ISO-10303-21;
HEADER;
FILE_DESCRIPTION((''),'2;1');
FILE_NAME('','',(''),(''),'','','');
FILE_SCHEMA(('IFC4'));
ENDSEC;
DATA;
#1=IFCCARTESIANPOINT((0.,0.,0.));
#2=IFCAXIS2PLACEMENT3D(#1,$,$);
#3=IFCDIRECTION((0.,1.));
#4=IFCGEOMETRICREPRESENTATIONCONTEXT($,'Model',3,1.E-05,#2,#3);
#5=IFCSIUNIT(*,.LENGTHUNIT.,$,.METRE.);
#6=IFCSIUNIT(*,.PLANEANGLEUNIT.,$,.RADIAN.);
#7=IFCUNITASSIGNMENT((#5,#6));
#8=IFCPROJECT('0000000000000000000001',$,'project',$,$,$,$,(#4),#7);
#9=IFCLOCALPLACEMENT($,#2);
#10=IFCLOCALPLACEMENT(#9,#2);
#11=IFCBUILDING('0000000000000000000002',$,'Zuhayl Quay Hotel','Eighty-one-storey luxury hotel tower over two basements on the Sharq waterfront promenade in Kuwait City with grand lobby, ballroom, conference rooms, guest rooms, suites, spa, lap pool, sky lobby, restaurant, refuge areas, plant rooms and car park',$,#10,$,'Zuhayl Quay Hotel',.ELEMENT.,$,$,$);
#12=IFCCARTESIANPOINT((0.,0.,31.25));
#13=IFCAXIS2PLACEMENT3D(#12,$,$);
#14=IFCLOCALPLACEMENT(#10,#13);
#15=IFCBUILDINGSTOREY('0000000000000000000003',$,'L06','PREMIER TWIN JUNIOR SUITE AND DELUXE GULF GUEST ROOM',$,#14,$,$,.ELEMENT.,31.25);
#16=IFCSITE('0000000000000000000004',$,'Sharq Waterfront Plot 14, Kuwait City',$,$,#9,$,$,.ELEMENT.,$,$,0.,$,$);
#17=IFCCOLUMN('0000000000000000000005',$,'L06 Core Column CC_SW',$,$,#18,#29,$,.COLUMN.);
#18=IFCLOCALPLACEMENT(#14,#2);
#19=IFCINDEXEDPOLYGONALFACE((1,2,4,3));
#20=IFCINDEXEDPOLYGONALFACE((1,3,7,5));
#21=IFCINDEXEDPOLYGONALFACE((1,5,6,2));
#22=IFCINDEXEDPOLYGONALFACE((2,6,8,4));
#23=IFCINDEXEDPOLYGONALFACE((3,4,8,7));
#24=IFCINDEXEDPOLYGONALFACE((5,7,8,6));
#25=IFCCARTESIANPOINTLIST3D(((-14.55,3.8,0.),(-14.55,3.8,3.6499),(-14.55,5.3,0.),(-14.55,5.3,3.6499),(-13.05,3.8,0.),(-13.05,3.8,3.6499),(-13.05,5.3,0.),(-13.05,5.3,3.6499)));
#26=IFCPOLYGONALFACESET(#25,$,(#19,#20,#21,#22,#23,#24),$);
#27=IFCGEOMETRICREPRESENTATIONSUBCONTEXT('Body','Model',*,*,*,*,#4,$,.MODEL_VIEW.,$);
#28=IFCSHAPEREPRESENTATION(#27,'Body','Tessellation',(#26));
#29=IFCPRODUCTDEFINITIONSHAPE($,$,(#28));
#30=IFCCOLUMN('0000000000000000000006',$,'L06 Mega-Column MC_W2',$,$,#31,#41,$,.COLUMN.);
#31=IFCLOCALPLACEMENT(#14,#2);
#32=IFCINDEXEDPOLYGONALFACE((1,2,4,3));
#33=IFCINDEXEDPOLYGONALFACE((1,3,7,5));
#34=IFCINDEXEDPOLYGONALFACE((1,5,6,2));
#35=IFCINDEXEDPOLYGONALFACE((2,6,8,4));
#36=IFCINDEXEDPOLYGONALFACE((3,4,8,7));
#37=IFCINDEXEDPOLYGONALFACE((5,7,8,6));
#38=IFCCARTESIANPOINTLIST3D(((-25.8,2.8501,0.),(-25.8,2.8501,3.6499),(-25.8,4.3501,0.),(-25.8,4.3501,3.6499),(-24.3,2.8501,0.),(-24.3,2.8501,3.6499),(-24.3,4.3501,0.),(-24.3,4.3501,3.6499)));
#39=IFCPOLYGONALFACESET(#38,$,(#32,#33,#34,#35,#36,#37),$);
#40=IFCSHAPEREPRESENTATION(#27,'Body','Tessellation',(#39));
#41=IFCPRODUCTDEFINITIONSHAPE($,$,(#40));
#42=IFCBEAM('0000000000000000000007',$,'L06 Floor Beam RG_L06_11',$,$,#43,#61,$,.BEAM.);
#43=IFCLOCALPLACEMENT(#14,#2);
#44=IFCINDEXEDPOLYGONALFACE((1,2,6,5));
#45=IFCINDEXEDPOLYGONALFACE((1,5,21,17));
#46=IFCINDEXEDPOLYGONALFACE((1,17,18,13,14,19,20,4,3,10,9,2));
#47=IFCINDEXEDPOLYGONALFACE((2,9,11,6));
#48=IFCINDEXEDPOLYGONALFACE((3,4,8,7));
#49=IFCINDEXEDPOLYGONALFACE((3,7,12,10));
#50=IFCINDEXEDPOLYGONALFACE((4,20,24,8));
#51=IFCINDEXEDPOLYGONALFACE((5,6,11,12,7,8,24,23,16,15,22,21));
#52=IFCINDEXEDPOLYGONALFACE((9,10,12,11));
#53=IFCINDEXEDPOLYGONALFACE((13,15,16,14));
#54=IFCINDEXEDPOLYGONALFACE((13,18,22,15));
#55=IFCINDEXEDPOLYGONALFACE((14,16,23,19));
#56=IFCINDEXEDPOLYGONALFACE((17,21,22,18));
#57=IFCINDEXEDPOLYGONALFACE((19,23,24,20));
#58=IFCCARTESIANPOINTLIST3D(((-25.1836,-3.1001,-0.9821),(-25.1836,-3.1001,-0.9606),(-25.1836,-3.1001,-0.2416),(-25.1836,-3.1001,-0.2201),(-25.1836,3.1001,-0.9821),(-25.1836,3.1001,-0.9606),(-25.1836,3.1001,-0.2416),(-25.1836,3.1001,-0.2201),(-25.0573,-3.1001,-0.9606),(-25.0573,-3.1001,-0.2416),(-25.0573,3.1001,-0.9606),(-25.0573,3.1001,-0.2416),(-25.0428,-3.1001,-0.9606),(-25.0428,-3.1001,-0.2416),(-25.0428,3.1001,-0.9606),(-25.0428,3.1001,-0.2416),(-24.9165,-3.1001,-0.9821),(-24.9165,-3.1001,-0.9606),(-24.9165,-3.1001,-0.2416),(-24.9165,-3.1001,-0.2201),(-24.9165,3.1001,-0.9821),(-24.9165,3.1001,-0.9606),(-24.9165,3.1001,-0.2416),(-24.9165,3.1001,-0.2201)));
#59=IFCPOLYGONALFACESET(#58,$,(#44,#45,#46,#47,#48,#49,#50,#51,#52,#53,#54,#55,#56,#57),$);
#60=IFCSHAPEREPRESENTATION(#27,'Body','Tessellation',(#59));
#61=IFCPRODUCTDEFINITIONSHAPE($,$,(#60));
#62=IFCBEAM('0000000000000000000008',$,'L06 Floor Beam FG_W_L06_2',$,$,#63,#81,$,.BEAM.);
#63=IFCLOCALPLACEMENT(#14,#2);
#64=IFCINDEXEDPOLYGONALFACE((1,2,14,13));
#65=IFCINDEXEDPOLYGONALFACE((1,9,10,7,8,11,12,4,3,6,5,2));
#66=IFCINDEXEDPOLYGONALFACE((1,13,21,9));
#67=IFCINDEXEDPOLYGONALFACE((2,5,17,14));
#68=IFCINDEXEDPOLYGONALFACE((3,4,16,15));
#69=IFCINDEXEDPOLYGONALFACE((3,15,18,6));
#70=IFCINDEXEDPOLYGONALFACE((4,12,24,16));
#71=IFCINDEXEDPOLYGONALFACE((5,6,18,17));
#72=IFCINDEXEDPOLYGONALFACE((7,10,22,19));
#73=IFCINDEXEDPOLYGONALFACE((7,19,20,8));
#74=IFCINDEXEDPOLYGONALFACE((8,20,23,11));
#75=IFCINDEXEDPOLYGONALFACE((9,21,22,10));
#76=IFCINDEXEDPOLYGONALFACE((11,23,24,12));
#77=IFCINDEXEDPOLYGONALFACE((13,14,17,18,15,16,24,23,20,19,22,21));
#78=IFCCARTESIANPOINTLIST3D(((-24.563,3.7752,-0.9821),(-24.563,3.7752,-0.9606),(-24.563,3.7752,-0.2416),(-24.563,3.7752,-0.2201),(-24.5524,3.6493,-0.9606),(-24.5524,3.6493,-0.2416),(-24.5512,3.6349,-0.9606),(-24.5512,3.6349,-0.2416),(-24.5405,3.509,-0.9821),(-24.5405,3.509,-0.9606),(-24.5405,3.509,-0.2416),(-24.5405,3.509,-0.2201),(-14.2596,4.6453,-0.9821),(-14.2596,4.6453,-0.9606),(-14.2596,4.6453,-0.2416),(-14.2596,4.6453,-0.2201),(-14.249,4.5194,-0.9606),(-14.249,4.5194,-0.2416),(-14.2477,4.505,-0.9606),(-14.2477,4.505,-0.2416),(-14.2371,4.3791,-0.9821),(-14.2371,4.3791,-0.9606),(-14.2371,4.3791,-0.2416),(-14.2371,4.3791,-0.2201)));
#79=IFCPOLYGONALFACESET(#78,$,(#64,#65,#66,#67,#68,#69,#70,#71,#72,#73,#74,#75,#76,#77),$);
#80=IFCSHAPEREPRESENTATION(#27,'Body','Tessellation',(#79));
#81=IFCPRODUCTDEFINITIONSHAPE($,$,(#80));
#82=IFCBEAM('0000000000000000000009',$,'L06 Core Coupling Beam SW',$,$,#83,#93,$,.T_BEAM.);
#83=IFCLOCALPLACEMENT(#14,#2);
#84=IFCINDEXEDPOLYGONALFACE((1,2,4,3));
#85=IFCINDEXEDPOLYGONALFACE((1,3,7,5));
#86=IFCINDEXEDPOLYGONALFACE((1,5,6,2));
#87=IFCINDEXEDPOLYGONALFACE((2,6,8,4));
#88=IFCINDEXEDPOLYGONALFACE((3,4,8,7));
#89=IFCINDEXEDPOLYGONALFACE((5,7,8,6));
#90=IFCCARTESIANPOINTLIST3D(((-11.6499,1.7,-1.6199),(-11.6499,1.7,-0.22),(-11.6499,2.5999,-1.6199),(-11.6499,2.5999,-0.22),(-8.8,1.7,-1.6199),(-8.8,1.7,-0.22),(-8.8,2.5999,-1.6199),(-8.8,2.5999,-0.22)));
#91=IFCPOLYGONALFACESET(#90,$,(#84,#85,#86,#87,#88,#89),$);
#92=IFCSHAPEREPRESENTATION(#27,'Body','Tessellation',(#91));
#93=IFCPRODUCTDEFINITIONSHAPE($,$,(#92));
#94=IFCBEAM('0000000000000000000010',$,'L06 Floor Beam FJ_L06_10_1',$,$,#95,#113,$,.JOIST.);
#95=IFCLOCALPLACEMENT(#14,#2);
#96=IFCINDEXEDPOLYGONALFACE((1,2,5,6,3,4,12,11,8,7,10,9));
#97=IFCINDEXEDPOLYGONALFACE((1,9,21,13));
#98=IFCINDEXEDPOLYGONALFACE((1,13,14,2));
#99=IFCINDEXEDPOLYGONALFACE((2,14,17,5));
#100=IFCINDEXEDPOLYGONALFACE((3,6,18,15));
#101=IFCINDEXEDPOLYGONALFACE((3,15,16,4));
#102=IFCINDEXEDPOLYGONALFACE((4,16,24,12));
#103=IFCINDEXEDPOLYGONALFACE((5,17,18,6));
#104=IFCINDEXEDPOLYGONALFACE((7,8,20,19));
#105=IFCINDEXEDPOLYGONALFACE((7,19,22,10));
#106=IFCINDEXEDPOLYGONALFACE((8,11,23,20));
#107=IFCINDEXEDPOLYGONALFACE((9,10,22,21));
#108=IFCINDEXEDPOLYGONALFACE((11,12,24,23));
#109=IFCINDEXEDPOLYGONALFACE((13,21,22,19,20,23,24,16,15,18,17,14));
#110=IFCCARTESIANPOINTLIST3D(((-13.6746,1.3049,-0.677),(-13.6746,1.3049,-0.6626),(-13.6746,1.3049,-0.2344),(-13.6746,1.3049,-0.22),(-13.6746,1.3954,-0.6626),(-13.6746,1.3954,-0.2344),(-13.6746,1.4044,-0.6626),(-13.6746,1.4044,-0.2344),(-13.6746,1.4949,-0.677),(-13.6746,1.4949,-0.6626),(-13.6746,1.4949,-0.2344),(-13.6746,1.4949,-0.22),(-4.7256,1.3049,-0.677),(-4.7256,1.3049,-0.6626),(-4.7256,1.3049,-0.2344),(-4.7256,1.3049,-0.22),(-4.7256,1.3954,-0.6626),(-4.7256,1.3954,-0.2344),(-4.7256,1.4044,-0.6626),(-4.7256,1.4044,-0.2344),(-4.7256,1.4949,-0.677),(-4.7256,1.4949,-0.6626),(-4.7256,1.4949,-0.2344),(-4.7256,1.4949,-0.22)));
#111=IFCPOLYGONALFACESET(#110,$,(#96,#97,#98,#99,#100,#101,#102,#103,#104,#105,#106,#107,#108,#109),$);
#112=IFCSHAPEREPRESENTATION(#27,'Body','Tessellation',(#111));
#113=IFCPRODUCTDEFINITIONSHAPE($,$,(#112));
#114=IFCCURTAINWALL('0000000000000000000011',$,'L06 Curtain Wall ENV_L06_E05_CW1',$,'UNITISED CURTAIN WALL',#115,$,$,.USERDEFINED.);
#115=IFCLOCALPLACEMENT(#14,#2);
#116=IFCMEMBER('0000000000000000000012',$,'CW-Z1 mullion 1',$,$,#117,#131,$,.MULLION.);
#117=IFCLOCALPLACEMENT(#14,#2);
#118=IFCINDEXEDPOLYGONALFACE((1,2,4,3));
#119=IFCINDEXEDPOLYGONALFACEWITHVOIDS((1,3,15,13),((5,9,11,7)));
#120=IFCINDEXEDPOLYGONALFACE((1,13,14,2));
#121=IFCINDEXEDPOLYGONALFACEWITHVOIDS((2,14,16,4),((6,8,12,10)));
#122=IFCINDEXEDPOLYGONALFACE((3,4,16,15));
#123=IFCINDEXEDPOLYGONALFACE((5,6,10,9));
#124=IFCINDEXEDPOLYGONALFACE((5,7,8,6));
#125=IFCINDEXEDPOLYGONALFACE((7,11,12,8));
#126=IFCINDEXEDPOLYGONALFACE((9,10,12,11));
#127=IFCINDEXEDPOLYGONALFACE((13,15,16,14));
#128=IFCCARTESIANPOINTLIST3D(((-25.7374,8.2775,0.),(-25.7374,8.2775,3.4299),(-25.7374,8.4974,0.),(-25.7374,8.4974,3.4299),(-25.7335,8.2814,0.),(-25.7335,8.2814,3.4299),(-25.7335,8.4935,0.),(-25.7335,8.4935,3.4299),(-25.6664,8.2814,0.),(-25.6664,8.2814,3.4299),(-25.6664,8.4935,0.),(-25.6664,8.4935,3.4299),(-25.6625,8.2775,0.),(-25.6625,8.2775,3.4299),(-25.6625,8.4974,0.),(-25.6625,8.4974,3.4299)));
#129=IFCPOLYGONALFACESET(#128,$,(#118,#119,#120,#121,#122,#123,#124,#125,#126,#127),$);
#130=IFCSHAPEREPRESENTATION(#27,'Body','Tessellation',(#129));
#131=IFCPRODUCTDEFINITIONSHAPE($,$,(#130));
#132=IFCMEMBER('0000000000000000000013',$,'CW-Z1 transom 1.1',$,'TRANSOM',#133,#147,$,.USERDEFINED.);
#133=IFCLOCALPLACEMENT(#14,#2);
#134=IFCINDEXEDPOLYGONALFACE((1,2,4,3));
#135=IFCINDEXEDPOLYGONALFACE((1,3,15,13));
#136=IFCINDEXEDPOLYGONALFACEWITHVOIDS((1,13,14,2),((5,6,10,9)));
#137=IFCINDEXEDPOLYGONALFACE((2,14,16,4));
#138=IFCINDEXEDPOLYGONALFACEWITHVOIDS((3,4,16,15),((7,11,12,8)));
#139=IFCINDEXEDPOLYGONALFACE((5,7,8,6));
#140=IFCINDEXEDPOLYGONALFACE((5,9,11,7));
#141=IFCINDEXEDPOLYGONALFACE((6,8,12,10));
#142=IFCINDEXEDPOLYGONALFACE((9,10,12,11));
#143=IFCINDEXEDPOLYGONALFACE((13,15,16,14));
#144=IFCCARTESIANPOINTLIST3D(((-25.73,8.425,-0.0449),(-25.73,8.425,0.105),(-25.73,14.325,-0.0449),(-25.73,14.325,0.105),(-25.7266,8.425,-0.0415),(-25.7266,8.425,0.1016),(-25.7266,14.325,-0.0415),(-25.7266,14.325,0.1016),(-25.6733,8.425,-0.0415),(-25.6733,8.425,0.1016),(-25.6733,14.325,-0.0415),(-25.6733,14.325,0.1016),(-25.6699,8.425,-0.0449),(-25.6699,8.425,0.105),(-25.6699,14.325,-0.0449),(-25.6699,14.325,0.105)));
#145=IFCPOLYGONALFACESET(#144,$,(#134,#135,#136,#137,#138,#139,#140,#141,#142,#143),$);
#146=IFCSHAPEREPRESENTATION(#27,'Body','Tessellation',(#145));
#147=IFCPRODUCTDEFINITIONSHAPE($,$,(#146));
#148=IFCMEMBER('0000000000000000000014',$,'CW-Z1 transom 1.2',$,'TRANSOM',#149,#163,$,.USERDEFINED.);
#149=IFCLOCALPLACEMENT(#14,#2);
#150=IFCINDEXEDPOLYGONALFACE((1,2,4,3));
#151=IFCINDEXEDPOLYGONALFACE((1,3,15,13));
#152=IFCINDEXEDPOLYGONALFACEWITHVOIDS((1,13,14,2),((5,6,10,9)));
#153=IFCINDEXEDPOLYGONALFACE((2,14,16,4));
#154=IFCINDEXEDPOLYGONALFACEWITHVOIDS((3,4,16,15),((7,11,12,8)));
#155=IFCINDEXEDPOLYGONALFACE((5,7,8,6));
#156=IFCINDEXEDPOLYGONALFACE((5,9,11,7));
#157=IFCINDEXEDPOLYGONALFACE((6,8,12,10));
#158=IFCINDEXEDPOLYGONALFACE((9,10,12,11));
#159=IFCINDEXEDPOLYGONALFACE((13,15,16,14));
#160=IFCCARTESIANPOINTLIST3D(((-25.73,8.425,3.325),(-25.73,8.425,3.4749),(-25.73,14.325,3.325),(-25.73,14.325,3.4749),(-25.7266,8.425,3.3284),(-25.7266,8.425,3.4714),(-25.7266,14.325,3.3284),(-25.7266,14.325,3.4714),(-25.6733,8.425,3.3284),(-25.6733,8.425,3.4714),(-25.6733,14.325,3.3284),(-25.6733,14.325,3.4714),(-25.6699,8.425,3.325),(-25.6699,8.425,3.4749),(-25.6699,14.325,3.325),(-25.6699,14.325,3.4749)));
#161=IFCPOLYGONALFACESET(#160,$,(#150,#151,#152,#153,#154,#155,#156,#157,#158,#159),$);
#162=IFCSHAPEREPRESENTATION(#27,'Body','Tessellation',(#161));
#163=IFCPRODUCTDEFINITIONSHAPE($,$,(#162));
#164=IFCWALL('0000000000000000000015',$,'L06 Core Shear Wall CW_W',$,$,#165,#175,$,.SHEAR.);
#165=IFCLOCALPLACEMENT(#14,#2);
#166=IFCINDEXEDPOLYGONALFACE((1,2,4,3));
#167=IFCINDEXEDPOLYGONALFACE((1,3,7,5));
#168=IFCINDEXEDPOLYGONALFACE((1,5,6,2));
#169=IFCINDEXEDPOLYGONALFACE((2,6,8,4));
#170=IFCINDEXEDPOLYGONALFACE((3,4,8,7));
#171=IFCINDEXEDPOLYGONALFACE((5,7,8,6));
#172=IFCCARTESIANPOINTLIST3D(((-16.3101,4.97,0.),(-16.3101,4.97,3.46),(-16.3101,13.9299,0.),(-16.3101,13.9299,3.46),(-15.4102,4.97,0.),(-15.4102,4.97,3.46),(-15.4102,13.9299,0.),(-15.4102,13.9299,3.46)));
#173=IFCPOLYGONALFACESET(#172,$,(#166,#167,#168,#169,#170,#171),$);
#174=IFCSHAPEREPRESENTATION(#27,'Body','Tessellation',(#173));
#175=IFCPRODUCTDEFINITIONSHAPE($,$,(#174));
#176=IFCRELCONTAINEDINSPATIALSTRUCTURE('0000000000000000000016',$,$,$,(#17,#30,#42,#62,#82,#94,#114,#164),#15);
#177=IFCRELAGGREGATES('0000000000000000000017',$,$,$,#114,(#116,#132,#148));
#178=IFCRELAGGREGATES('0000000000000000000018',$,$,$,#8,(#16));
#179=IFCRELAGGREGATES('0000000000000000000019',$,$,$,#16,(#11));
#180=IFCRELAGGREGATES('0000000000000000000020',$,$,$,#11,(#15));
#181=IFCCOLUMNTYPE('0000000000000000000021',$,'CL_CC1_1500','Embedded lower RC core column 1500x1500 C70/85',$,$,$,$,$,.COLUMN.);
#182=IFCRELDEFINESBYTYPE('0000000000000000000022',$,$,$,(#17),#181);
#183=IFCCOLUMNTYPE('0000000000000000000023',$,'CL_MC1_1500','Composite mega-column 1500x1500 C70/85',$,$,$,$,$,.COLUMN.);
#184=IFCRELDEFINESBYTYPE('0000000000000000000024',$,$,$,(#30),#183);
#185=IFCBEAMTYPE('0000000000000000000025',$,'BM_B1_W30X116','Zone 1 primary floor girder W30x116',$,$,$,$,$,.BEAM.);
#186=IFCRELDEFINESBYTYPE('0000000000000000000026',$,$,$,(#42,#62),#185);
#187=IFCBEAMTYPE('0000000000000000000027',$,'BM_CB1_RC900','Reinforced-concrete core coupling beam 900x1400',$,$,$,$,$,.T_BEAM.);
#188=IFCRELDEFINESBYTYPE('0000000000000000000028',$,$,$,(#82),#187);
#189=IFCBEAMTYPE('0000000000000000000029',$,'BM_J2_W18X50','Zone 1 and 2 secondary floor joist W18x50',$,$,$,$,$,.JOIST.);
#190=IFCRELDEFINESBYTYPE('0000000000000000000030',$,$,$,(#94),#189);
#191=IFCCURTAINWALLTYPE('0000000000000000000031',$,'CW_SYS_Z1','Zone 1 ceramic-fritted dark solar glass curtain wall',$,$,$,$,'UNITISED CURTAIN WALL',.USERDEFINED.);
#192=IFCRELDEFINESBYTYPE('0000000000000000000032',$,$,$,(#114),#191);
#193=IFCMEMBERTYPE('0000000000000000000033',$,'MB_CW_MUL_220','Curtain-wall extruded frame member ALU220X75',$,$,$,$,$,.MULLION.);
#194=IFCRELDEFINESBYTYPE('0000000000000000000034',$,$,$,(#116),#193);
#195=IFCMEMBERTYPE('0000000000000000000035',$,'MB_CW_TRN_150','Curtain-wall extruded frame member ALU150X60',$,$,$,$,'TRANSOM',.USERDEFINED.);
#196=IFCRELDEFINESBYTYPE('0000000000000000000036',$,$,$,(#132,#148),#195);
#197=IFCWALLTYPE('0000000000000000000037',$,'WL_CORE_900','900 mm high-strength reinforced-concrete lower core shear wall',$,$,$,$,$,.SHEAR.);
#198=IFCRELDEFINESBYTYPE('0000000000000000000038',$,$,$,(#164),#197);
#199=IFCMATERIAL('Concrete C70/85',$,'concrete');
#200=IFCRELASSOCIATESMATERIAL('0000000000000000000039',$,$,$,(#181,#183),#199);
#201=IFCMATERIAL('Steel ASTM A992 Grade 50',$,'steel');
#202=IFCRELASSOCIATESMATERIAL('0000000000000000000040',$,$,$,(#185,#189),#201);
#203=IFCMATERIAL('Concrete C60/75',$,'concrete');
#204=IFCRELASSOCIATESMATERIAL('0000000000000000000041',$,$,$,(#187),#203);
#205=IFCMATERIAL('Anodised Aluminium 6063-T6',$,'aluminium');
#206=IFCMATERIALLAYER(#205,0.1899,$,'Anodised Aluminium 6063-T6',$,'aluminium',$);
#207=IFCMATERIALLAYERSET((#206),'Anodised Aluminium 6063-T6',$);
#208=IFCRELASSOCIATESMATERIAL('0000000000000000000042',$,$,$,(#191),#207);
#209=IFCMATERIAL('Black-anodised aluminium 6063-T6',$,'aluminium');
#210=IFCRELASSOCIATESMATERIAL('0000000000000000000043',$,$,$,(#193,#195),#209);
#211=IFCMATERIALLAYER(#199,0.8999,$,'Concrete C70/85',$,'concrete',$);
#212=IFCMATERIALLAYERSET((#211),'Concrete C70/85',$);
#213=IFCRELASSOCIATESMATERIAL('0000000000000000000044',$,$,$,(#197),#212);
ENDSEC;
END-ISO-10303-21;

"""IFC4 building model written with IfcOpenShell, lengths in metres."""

from ifc_helpers import new_model, si_unit, direction, frame, frame_2d, origin, origin_2d, place, context, subcontext, project, spatial, rectangle, hollow_rectangle, i_section, extrude, material, layer, layer_set, material_profile, profile_set, type_object, element, aggregate, save


model = new_model("IFC4")

# Units and contexts
model_context = context("Model", 3, precision=1e-05, world=origin(), true_north=direction((0.0, 1.0)))
body_context = subcontext(model_context, "Body", "Model", "MODEL_VIEW")
ifc_project = project(units=[si_unit("LENGTHUNIT", "METRE"), si_unit("PLANEANGLEUNIT", "RADIAN")], contexts=[model_context])

# Site, building, storey
site_placement = place(None, origin())
site = spatial("IfcSite", under=ifc_project, at=site_placement, Name="Sharq Waterfront Plot 14, Kuwait City", CompositionType="ELEMENT", RefElevation=0.0)
building_placement = place(site_placement, origin())
building = spatial("IfcBuilding", under=site, at=building_placement, Name="Zuhayl Quay Hotel", Description="Eighty-one-storey luxury hotel tower over two basements on the Sharq waterfront promenade in Kuwait City with grand lobby, ballroom, conference rooms, guest rooms, suites, spa, lap pool, sky lobby, restaurant, refuge areas, plant rooms and car park", LongName="Zuhayl Quay Hotel", CompositionType="ELEMENT")
storey_placement = place(building_placement, frame((0.0, 0.0, 31.25)))
storey = spatial("IfcBuildingStorey", under=building, at=storey_placement, Name="L06", Description="PREMIER TWIN JUNIOR SUITE AND DELUXE GULF GUEST ROOM", CompositionType="ELEMENT", Elevation=31.25)

# Columns
ifc_material_1 = material(Name="Concrete C70/85", Category="concrete")
ifc_material_profile_1 = material_profile(ifc_material_1, rectangle(XDim=1.5, YDim=1.5, at=origin_2d()), Name="RC1500X1500")
ifc_profile_set_1 = profile_set([ifc_material_profile_1], Name="Concrete C70/85")
column_type_1 = type_object("IfcColumnType", Name="CL_CC1_1500", Description="Embedded lower RC core column 1500x1500 C70/85", PredefinedType="COLUMN", material=ifc_profile_set_1)
column_1_placement = place(storey_placement, frame((-13.8, 4.55, 0.0), z_axis=(0.0, 0.0, 1.0), x_axis=(1.0, 0.0, 0.0)))
element("IfcColumn", 1, at=column_1_placement, inside=storey, type_object=column_type_1, Name="L06 Core Column CC_SW", PredefinedType="COLUMN", context=body_context, shape_type="SweptSolid", body=[
    extrude(rectangle(XDim=1.5, YDim=1.5, at=origin_2d()), origin(), (0.0, 0.0, 1.0), 3.6499),
])
ifc_material_profile_2 = material_profile(ifc_material_1, rectangle(XDim=1.5, YDim=1.5, at=origin_2d()), Name="RC1500X1500")
ifc_profile_set_2 = profile_set([ifc_material_profile_2], Name="Concrete C70/85")
column_type_2 = type_object("IfcColumnType", Name="CL_MC1_1500", Description="Composite mega-column 1500x1500 C70/85", PredefinedType="COLUMN", material=ifc_profile_set_2)
column_2_placement = place(storey_placement, frame((-25.05, 3.6001, 0.0), z_axis=(0.0, 0.0, 1.0), x_axis=(1.0, 0.0, 0.0)))
element("IfcColumn", 2, at=column_2_placement, inside=storey, type_object=column_type_2, Name="L06 Mega-Column MC_W2", PredefinedType="COLUMN", context=body_context, shape_type="SweptSolid", body=[
    extrude(rectangle(XDim=1.5, YDim=1.5, at=origin_2d()), origin(), (0.0, 0.0, 1.0), 3.6499),
])

# Beams
ifc_material_2 = material(Name="Steel ASTM A992 Grade 50", Category="steel")
ifc_material_profile_3 = material_profile(ifc_material_2, i_section(OverallWidth=0.2671, OverallDepth=0.762, WebThickness=0.0144, FlangeThickness=0.0215, at=origin_2d()), Name="W30X116")
ifc_profile_set_3 = profile_set([ifc_material_profile_3], Name="Steel ASTM A992 Grade 50")
beam_type_1 = type_object("IfcBeamType", Name="BM_B1_W30X116", Description="Zone 1 primary floor girder W30x116", PredefinedType="BEAM", material=ifc_profile_set_3)
beam_1_placement = place(storey_placement, frame((-25.05, 3.1001, -0.6011), z_axis=(0.0, -1.0, 0.0), x_axis=(1.0, 0.0, 0.0)))
element("IfcBeam", 3, at=beam_1_placement, inside=storey, type_object=beam_type_1, Name="L06 Floor Beam RG_L06_11", PredefinedType="BEAM", context=body_context, shape_type="SweptSolid", body=[
    extrude(i_section(OverallWidth=0.2671, OverallDepth=0.762, WebThickness=0.0144, FlangeThickness=0.0215, at=origin_2d()), origin(), (0.0, 0.0, 1.0), 6.2002),
])
beam_2_placement = place(storey_placement, frame((-24.5518, 3.6421, -0.6011), z_axis=(0.996453, 0.084149, 0.0), x_axis=(-0.084149, 0.996453, 0.0)))
element("IfcBeam", 4, at=beam_2_placement, inside=storey, type_object=beam_type_1, Name="L06 Floor Beam FG_W_L06_2", PredefinedType="BEAM", context=body_context, shape_type="SweptSolid", body=[
    extrude(i_section(OverallWidth=0.2671, OverallDepth=0.762, WebThickness=0.0144, FlangeThickness=0.0215, at=origin_2d()), origin(), (0.0, 0.0, 1.0), 10.3401),
])
ifc_material_3 = material(Name="Concrete C60/75", Category="concrete")
ifc_material_profile_4 = material_profile(ifc_material_3, rectangle(XDim=0.8999, YDim=1.3999, at=origin_2d()), Name="RC900X1400")
ifc_profile_set_4 = profile_set([ifc_material_profile_4], Name="Concrete C60/75")
beam_type_2 = type_object("IfcBeamType", Name="BM_CB1_RC900", Description="Reinforced-concrete core coupling beam 900x1400", PredefinedType="T_BEAM", material=ifc_profile_set_4)
beam_3_placement = place(storey_placement, frame((-11.6499, 2.1499, -0.9199), z_axis=(1.0, 0.0, 0.0), x_axis=(0.0, 1.0, 0.0)))
element("IfcBeam", 5, at=beam_3_placement, inside=storey, type_object=beam_type_2, Name="L06 Core Coupling Beam SW", PredefinedType="T_BEAM", context=body_context, shape_type="SweptSolid", body=[
    extrude(rectangle(XDim=0.8999, YDim=1.3999, at=origin_2d()), origin(), (0.0, 0.0, 1.0), 2.8499),
])
ifc_material_profile_5 = material_profile(ifc_material_2, i_section(OverallWidth=0.1899, OverallDepth=0.457, WebThickness=0.009, FlangeThickness=0.0144, at=origin_2d()), Name="W18X50")
ifc_profile_set_5 = profile_set([ifc_material_profile_5], Name="Steel ASTM A992 Grade 50")
beam_type_3 = type_object("IfcBeamType", Name="BM_J2_W18X50", Description="Zone 1 and 2 secondary floor joist W18x50", PredefinedType="JOIST", material=ifc_profile_set_5)
beam_4_placement = place(storey_placement, frame((-13.6746, 1.3999, -0.4485), z_axis=(1.0, 0.0, 0.0), x_axis=(0.0, 1.0, 0.0)))
element("IfcBeam", 6, at=beam_4_placement, inside=storey, type_object=beam_type_3, Name="L06 Floor Beam FJ_L06_10_1", PredefinedType="JOIST", context=body_context, shape_type="SweptSolid", body=[
    extrude(i_section(OverallWidth=0.1899, OverallDepth=0.457, WebThickness=0.009, FlangeThickness=0.0144, at=origin_2d()), origin(), (0.0, 0.0, 1.0), 8.949),
])

# Curtain wall, members
ifc_material_4 = material(Name="Anodised Aluminium 6063-T6", Category="aluminium")
ifc_layer_1 = layer(ifc_material_4, 0.1899, Name="Anodised Aluminium 6063-T6", Category="aluminium")
ifc_layer_set_1 = layer_set([ifc_layer_1], Name="Anodised Aluminium 6063-T6")
curtain_wall_type = type_object("IfcCurtainWallType", Name="CW_SYS_Z1", Description="Zone 1 ceramic-fritted dark solar glass curtain wall", ElementType="UNITISED CURTAIN WALL", PredefinedType="USERDEFINED", material=ifc_layer_set_1)
curtain_wall_placement = place(storey_placement, origin())
curtain_wall = element("IfcCurtainWall", 7, at=curtain_wall_placement, inside=storey, type_object=curtain_wall_type, Name="L06 Curtain Wall ENV_L06_E05_CW1", ObjectType="UNITISED CURTAIN WALL", PredefinedType="USERDEFINED")
ifc_material_5 = material(Name="Black-anodised aluminium 6063-T6", Category="aluminium")
ifc_material_profile_6 = material_profile(ifc_material_5, hollow_rectangle(XDim=0.075, YDim=0.22, WallThickness=0.0039, at=origin_2d()), Name="ALU220X75")
ifc_profile_set_6 = profile_set([ifc_material_profile_6], Name="Black-anodised aluminium 6063-T6")
member_type_1 = type_object("IfcMemberType", Name="MB_CW_MUL_220", Description="Curtain-wall extruded frame member ALU220X75", PredefinedType="MULLION", material=ifc_profile_set_6)
member_1_placement = place(storey_placement, frame((-25.7, 8.3875, 0.0), z_axis=(0.0, 0.0, 1.0), x_axis=(-1.0, 0.0, 0.0)))
member_1 = element("IfcMember", 8, at=member_1_placement, type_object=member_type_1, Name="CW-Z1 mullion 1", PredefinedType="MULLION", context=body_context, shape_type="SweptSolid", body=[
    extrude(hollow_rectangle(XDim=0.075, YDim=0.22, WallThickness=0.0039, at=origin_2d()), origin(), (0.0, 0.0, 1.0), 3.4299),
])
ifc_material_profile_7 = material_profile(ifc_material_5, hollow_rectangle(XDim=0.0601, YDim=0.1499, WallThickness=0.0034, at=origin_2d()), Name="ALU150X60")
ifc_profile_set_7 = profile_set([ifc_material_profile_7], Name="Black-anodised aluminium 6063-T6")
member_type_2 = type_object("IfcMemberType", Name="MB_CW_TRN_150", Description="Curtain-wall extruded frame member ALU150X60", ElementType="TRANSOM", PredefinedType="USERDEFINED", material=ifc_profile_set_7)
member_2_placement = place(storey_placement, frame((-25.7, 8.425, 0.03), z_axis=(0.0, 1.0, 0.0), x_axis=(-1.0, 0.0, 0.0)))
member_2 = element("IfcMember", 9, at=member_2_placement, type_object=member_type_2, Name="CW-Z1 transom 1.1", ObjectType="TRANSOM", PredefinedType="USERDEFINED", context=body_context, shape_type="SweptSolid", body=[
    extrude(hollow_rectangle(XDim=0.0601, YDim=0.1499, WallThickness=0.0034, at=origin_2d()), origin(), (0.0, 0.0, 1.0), 5.8999),
])
member_3_placement = place(storey_placement, frame((-25.7, 8.425, 3.3999), z_axis=(0.0, 1.0, 0.0), x_axis=(-1.0, 0.0, 0.0)))
member_3 = element("IfcMember", 10, at=member_3_placement, type_object=member_type_2, Name="CW-Z1 transom 1.2", ObjectType="TRANSOM", PredefinedType="USERDEFINED", context=body_context, shape_type="SweptSolid", body=[
    extrude(hollow_rectangle(XDim=0.0601, YDim=0.1499, WallThickness=0.0034, at=origin_2d()), origin(), (0.0, 0.0, 1.0), 5.8999),
])
aggregate(curtain_wall, [member_1, member_2, member_3])

# Wall
ifc_layer_2 = layer(ifc_material_1, 0.8999, Name="Concrete C70/85", Category="concrete")
ifc_layer_set_2 = layer_set([ifc_layer_2], Name="Concrete C70/85")
wall_type_1 = type_object("IfcWallType", Name="WL_CORE_900", Description="900 mm high-strength reinforced-concrete lower core shear wall", PredefinedType="SHEAR", material=ifc_layer_set_2)
wall_1_placement = place(storey_placement, frame((-15.8601, 4.97, 0.0), z_axis=(0.0, 0.0, 1.0), x_axis=(0.0, 1.0, 0.0)))
element("IfcWall", 11, at=wall_1_placement, inside=storey, type_object=wall_type_1, Name="L06 Core Shear Wall CW_W", PredefinedType="SHEAR", context=body_context, shape_type="SweptSolid", body=[
    extrude(rectangle(XDim=8.96, YDim=0.8999, at=frame_2d((4.48, 0.0))), origin(), (0.0, 0.0, 1.0), 3.46),
])

save(model, "model.ifc")
